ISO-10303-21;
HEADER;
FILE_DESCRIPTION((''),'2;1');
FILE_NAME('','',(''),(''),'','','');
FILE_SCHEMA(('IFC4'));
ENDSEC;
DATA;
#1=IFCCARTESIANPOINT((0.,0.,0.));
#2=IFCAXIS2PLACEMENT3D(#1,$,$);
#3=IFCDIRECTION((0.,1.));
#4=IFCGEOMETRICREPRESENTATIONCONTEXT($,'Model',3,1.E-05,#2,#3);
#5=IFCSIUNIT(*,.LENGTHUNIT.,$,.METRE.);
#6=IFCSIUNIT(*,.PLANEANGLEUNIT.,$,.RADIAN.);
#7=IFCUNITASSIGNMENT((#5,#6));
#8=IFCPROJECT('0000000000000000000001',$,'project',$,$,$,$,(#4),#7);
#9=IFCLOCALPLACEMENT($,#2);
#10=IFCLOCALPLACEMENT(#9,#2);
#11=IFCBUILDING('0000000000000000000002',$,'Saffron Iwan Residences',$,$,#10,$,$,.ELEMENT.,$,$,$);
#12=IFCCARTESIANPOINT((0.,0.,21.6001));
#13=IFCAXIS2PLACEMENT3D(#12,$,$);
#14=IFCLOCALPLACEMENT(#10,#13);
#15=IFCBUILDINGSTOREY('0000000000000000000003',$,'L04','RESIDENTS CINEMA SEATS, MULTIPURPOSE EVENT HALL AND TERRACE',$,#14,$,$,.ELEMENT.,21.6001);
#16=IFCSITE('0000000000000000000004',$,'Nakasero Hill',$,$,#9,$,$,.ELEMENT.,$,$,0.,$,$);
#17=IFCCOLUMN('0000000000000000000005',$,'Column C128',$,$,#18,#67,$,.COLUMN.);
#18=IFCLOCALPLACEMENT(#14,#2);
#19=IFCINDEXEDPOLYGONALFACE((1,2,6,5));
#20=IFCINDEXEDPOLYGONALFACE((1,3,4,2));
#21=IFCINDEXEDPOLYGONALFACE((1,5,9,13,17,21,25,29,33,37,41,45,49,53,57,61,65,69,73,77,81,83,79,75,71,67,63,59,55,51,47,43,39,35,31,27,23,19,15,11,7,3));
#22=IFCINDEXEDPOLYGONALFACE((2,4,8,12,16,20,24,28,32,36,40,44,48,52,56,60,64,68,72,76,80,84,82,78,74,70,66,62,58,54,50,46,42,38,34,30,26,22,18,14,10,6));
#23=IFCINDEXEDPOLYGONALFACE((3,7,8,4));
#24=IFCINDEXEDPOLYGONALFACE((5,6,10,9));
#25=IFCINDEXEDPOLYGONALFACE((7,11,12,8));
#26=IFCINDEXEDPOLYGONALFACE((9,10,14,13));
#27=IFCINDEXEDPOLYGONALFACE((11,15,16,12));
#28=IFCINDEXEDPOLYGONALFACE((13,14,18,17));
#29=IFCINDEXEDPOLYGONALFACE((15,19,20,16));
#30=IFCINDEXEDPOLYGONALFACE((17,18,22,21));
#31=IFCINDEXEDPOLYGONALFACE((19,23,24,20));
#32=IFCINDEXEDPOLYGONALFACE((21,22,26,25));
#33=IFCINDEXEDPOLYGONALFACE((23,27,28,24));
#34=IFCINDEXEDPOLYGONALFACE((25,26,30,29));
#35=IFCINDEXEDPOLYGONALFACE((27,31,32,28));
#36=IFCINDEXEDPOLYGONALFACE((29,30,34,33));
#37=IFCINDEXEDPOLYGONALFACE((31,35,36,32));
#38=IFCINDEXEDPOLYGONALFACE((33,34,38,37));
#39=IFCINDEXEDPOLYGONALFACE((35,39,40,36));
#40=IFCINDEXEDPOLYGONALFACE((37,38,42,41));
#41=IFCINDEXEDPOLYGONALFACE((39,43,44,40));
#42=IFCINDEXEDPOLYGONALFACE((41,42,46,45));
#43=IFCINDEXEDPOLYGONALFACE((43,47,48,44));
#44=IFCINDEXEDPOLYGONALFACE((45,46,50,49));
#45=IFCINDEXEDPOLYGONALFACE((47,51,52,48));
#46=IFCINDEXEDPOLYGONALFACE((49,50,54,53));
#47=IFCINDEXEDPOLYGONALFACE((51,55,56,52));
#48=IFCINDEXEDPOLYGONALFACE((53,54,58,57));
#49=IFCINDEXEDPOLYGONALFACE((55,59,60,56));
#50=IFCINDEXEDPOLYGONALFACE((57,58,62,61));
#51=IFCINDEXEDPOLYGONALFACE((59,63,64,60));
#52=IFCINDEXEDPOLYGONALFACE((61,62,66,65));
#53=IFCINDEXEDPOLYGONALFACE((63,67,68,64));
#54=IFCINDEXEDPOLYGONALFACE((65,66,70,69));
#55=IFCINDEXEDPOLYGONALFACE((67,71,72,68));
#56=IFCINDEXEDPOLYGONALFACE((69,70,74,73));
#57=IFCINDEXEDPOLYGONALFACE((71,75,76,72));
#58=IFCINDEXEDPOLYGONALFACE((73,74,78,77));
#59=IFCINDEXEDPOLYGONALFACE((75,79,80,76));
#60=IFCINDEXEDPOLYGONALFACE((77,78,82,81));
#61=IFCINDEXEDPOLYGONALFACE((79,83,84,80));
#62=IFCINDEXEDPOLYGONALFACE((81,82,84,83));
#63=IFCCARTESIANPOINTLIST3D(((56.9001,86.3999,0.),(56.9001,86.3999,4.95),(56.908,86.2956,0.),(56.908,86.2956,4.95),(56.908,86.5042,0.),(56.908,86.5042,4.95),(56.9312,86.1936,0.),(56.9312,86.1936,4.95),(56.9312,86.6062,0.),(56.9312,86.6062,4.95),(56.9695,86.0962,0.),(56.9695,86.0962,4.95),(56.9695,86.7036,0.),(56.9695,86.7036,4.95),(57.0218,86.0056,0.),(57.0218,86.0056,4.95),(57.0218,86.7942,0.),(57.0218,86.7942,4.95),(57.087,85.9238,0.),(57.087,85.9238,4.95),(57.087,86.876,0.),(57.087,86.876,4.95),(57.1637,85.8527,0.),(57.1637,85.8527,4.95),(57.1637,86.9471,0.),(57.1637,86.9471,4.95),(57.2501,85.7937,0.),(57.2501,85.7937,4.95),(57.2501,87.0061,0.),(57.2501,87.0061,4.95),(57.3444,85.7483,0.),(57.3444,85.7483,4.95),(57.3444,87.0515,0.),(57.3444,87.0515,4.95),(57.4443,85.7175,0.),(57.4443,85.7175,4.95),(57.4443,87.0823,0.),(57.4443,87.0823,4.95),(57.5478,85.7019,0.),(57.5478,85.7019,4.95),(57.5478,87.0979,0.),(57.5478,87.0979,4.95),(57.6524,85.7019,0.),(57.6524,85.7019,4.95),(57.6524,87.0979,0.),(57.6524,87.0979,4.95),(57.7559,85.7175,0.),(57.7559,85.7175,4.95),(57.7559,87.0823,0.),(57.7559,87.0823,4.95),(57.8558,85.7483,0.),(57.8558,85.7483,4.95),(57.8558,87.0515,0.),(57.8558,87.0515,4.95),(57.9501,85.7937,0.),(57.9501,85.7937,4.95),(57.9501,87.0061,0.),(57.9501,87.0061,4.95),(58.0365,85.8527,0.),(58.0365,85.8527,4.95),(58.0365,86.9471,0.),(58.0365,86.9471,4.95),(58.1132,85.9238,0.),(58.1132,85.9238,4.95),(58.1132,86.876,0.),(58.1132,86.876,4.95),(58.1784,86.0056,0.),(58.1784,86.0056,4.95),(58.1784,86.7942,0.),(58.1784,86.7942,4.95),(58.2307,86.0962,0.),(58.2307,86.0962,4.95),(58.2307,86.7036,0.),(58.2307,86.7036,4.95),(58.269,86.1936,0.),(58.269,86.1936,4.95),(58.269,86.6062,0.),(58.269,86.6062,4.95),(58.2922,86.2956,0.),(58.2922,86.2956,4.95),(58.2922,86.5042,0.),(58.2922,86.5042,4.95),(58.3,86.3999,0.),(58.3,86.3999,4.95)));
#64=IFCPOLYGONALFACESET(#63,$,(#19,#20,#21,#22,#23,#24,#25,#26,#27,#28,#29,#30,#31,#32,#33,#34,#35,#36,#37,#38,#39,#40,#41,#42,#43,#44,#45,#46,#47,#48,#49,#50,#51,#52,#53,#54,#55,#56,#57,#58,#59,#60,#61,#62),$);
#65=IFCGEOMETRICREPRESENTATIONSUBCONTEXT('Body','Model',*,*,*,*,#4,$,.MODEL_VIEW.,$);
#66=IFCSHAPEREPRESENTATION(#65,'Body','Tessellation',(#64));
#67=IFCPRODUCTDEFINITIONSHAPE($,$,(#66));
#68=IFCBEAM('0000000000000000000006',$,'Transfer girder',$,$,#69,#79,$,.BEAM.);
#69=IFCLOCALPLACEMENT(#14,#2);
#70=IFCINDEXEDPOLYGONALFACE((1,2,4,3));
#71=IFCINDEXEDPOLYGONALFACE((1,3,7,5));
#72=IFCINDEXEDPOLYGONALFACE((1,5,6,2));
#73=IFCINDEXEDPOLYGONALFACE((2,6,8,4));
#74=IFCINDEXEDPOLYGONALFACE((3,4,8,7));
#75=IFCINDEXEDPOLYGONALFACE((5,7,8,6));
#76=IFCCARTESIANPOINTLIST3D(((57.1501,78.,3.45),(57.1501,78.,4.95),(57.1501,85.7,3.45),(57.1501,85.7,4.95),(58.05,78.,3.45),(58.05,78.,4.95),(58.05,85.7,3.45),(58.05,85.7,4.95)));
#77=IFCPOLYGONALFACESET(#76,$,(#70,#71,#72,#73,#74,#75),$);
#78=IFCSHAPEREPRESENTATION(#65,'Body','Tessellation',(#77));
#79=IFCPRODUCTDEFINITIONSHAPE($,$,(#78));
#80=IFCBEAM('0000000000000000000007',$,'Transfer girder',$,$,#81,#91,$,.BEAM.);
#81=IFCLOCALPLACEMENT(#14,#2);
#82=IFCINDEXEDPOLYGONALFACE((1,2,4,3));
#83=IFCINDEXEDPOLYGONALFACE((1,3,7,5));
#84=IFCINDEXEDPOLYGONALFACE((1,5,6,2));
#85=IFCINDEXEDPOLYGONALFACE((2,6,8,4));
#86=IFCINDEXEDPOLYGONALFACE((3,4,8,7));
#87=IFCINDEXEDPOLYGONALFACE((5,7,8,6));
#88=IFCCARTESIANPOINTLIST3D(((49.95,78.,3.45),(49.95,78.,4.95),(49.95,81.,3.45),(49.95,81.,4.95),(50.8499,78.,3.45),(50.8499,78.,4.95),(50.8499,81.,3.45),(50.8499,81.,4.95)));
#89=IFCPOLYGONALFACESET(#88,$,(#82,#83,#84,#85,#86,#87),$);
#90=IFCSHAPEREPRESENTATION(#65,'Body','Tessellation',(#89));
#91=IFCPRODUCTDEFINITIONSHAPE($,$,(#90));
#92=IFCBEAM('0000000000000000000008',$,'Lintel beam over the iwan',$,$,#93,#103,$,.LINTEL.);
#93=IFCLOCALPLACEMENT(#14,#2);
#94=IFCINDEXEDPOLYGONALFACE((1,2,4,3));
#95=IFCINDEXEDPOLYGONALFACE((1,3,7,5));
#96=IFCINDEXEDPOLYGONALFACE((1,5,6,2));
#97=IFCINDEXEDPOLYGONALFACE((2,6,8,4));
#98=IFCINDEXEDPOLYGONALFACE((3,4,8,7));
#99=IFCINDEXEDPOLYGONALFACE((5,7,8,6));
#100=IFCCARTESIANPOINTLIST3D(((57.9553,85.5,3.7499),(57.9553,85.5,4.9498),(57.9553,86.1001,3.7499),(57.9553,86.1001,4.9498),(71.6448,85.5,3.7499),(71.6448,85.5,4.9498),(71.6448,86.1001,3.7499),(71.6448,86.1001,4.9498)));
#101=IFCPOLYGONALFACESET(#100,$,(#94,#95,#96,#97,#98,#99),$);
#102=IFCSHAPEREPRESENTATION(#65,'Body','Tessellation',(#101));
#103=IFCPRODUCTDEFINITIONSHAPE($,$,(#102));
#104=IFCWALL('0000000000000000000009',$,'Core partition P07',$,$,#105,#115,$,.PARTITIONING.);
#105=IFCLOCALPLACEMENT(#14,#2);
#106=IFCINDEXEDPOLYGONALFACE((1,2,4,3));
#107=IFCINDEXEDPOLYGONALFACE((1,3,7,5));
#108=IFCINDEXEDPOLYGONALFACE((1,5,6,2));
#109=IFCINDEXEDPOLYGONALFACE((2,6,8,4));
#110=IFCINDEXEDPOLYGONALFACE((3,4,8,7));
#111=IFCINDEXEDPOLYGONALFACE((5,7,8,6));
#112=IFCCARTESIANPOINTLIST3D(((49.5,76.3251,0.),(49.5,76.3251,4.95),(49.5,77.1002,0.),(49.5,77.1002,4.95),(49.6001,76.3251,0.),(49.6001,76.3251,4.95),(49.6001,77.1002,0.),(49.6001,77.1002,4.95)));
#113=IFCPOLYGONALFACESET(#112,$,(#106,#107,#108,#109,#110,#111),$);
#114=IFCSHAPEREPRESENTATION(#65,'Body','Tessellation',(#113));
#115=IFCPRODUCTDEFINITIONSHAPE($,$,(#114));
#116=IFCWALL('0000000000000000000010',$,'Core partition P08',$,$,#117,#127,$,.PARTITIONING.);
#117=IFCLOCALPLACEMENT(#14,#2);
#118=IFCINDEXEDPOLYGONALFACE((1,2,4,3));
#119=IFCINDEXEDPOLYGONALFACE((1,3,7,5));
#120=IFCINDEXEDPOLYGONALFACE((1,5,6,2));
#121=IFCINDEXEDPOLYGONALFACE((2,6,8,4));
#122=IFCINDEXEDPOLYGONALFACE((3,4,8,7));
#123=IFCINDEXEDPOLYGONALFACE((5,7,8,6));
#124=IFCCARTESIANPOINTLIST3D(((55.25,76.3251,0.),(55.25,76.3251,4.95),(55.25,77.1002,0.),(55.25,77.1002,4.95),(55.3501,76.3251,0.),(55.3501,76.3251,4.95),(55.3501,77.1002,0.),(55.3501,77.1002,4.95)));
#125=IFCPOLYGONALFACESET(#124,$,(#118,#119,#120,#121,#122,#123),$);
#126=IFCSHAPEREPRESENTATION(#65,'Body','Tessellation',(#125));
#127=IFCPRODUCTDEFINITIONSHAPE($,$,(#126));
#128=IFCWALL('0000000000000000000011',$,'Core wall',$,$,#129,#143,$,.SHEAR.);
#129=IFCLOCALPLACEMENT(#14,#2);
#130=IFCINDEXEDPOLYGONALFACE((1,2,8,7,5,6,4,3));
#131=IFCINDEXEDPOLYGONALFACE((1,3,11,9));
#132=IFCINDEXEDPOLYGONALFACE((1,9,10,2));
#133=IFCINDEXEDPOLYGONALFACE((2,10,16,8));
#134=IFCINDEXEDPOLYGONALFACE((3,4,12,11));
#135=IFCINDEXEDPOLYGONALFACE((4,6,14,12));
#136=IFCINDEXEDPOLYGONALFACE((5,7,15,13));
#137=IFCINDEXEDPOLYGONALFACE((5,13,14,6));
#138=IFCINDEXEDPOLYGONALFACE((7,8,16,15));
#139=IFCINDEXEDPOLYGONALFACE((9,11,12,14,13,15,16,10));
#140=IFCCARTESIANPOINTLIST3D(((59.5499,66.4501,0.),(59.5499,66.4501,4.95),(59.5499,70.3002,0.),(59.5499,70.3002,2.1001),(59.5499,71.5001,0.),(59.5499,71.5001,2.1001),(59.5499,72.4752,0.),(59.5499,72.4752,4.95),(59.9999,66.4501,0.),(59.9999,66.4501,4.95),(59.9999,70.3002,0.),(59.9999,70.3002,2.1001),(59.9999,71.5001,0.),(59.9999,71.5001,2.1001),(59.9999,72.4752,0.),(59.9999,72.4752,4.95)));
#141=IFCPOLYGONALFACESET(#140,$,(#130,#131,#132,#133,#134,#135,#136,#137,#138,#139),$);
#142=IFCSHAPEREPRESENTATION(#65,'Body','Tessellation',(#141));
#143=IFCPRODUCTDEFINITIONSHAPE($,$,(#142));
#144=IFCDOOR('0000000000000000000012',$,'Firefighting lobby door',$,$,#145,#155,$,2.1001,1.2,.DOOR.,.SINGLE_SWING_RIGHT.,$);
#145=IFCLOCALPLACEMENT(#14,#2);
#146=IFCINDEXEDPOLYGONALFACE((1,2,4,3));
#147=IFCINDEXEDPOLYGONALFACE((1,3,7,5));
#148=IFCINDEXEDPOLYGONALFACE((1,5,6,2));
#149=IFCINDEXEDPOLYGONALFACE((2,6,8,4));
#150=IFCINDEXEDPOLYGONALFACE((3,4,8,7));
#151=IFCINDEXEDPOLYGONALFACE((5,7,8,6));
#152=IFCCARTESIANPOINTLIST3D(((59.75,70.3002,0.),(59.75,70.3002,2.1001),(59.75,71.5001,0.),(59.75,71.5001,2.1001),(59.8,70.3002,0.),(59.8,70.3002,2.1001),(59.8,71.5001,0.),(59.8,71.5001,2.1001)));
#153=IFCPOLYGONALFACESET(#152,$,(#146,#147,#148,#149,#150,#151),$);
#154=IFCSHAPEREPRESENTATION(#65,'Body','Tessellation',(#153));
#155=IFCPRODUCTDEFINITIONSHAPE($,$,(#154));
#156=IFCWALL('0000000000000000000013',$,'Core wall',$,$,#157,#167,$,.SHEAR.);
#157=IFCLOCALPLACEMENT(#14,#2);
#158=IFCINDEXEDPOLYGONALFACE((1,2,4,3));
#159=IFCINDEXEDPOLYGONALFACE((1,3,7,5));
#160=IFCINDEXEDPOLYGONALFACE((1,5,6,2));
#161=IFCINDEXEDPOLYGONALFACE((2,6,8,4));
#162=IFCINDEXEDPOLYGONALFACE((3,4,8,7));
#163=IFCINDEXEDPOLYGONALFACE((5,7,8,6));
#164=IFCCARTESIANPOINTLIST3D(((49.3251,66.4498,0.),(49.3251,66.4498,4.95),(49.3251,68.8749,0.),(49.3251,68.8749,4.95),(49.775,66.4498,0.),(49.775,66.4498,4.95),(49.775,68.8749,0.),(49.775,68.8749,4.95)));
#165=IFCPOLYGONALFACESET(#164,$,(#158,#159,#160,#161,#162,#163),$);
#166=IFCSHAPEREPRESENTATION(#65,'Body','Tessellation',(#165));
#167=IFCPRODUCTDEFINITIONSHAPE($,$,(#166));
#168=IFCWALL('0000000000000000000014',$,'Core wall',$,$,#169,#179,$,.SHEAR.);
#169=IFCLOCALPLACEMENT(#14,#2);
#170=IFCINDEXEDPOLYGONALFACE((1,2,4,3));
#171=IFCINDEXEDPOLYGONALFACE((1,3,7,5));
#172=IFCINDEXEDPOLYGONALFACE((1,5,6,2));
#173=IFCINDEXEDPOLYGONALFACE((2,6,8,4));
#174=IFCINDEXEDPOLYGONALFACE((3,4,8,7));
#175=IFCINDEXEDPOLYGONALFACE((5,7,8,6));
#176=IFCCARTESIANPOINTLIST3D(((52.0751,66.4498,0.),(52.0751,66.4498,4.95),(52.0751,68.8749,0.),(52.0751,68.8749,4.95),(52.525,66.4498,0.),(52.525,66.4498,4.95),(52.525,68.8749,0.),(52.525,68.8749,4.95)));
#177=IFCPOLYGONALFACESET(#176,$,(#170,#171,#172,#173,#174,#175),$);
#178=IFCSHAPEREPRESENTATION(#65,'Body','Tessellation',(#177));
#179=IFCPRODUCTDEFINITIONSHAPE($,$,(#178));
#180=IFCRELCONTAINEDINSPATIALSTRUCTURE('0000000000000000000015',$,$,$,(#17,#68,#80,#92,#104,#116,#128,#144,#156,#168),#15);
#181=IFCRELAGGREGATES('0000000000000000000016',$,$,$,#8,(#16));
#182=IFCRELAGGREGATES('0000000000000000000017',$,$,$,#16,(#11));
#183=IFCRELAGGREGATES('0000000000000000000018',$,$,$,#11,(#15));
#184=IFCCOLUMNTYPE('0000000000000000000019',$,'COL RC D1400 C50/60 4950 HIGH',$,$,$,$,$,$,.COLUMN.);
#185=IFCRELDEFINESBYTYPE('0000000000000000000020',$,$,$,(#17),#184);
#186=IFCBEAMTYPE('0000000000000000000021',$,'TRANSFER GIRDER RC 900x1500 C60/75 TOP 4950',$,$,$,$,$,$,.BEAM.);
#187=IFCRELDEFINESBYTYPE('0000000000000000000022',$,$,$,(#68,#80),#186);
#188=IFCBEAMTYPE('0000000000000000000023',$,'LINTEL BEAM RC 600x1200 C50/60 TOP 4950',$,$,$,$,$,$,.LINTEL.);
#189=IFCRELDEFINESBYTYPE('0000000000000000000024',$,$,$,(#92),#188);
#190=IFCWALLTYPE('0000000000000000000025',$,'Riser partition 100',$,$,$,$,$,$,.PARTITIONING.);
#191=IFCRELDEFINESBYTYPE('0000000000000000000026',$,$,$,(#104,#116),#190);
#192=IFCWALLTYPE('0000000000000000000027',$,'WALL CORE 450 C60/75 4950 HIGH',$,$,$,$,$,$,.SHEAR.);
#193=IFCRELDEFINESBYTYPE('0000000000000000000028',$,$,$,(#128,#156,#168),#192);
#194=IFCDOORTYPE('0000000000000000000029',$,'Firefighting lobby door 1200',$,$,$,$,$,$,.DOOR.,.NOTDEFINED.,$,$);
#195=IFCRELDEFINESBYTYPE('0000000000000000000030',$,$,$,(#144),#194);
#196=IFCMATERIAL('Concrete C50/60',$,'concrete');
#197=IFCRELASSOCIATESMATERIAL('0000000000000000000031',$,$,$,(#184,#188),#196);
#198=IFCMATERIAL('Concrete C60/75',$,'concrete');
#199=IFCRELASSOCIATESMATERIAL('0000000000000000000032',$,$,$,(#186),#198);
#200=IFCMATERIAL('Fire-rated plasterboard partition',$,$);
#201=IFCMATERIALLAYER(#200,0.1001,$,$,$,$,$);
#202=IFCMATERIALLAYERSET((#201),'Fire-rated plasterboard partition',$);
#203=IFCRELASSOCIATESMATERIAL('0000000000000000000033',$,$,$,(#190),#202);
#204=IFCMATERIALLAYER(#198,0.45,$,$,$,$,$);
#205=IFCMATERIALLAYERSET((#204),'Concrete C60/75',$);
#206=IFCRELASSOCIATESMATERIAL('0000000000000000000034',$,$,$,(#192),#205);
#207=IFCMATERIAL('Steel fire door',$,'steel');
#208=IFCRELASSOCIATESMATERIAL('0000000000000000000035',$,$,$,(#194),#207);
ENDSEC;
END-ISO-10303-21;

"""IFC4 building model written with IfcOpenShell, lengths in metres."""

from ifc_helpers import new_model, si_unit, direction, frame, frame_2d, origin, origin_2d, place, context, subcontext, project, spatial, rectangle, circle, extrude, source, transform, mapped, material, layer, layer_set, material_profile, profile_set, type_object, element, fill, save


model = new_model("IFC4")

# Units and contexts
model_context = context("Model", 3, precision=1e-05, world=origin(), true_north=direction((0.0, 1.0)))
body_context = subcontext(model_context, "Body", "Model", "MODEL_VIEW")
ifc_project = project(units=[si_unit("LENGTHUNIT", "METRE"), si_unit("PLANEANGLEUNIT", "RADIAN")], contexts=[model_context])

# Site, building, storey
site_placement = place(None, origin())
site = spatial("IfcSite", under=ifc_project, at=site_placement, Name="Nakasero Hill", CompositionType="ELEMENT", RefElevation=0.0)
building_placement = place(site_placement, origin())
building = spatial("IfcBuilding", under=site, at=building_placement, Name="Saffron Iwan Residences", CompositionType="ELEMENT")
storey_placement = place(building_placement, frame((0.0, 0.0, 21.6001)))
storey = spatial("IfcBuildingStorey", under=building, at=storey_placement, Name="L04", Description="RESIDENTS CINEMA SEATS, MULTIPURPOSE EVENT HALL AND TERRACE", CompositionType="ELEMENT", Elevation=21.6001)

# Column
ifc_material_1 = material(Name="Concrete C50/60", Category="concrete")
ifc_material_profile_1 = material_profile(ifc_material_1, circle(Radius=0.7, at=origin_2d()), Name="RC D1400")
ifc_profile_set_1 = profile_set([ifc_material_profile_1], Name="Concrete C50/60")
column_type = type_object("IfcColumnType", Name="COL RC D1400 C50/60 4950 HIGH", PredefinedType="COLUMN", material=ifc_profile_set_1)
shared_shape_1 = source(origin(), body_context, "Body", "SweptSolid", [
    extrude(circle(Radius=0.7, at=origin_2d()), origin(), (0.0, 0.0, 1.0), 4.95),
])
column_placement = place(storey_placement, frame((57.6001, 86.3999, 0.0), z_axis=(0.0, 0.0, 1.0), x_axis=(1.0, 0.0, 0.0)))
element("IfcColumn", 1, at=column_placement, inside=storey, type_object=column_type, Name="Column C128", PredefinedType="COLUMN", context=body_context, shape_type="MappedRepresentation", body=[
    mapped(shared_shape_1, transform((0.0, 0.0, 0.0))),
])

# Beams
ifc_material_2 = material(Name="Concrete C60/75", Category="concrete")
ifc_material_profile_2 = material_profile(ifc_material_2, rectangle(XDim=0.8999, YDim=1.5, at=origin_2d()), Name="RC 900x1500")
ifc_profile_set_2 = profile_set([ifc_material_profile_2], Name="Concrete C60/75")
beam_type_1 = type_object("IfcBeamType", Name="TRANSFER GIRDER RC 900x1500 C60/75 TOP 4950", PredefinedType="BEAM", material=ifc_profile_set_2)
shared_shape_2 = source(origin(), body_context, "Body", "SweptSolid", [
    extrude(rectangle(XDim=0.8999, YDim=1.5, at=origin_2d()), origin(), (0.0, 0.0, 1.0), 7.7),
])
beam_1_placement = place(storey_placement, frame((57.6001, 78.0, 4.2), z_axis=(0.0, 1.0, 0.0), x_axis=(-1.0, 0.0, 0.0)))
element("IfcBeam", 2, at=beam_1_placement, inside=storey, type_object=beam_type_1, Name="Transfer girder", PredefinedType="BEAM", context=body_context, shape_type="MappedRepresentation", body=[
    mapped(shared_shape_2, transform((0.0, 0.0, 0.0))),
])
shared_shape_3 = source(origin(), body_context, "Body", "SweptSolid", [
    extrude(rectangle(XDim=0.8999, YDim=1.5, at=origin_2d()), origin(), (0.0, 0.0, 1.0), 3.0),
])
beam_2_placement = place(storey_placement, frame((50.3999, 78.0, 4.2), z_axis=(0.0, 1.0, 0.0), x_axis=(-1.0, 0.0, 0.0)))
element("IfcBeam", 3, at=beam_2_placement, inside=storey, type_object=beam_type_1, Name="Transfer girder", PredefinedType="BEAM", context=body_context, shape_type="MappedRepresentation", body=[
    mapped(shared_shape_3, transform((0.0, 0.0, 0.0))),
])
ifc_material_profile_3 = material_profile(ifc_material_1, rectangle(XDim=0.6001, YDim=1.2, at=origin_2d()), Name="RC 600x1200")
ifc_profile_set_3 = profile_set([ifc_material_profile_3], Name="Concrete C50/60")
beam_type_2 = type_object("IfcBeamType", Name="LINTEL BEAM RC 600x1200 C50/60 TOP 4950", PredefinedType="LINTEL", material=ifc_profile_set_3)
shared_shape_4 = source(origin(), body_context, "Body", "SweptSolid", [
    extrude(rectangle(XDim=0.6001, YDim=1.2, at=origin_2d()), origin(), (0.0, 0.0, 1.0), 13.6895),
])
beam_3_placement = place(storey_placement, frame((57.9553, 85.8, 4.3499), z_axis=(1.0, 0.0, 0.0), x_axis=(0.0, 1.0, 0.0)))
element("IfcBeam", 4, at=beam_3_placement, inside=storey, type_object=beam_type_2, Name="Lintel beam over the iwan", PredefinedType="LINTEL", context=body_context, shape_type="MappedRepresentation", body=[
    mapped(shared_shape_4, transform((0.0, 0.0, 0.0))),
])

# Walls
ifc_material_3 = material(Name="Fire-rated plasterboard partition")
ifc_layer_1 = layer(ifc_material_3, 0.1001)
ifc_layer_set_1 = layer_set([ifc_layer_1], Name="Fire-rated plasterboard partition")
wall_type_1 = type_object("IfcWallType", Name="Riser partition 100", PredefinedType="PARTITIONING", material=ifc_layer_set_1)
for number, where, z_axis, x_axis, name in (
    (5, (49.55, 76.325, 0.0), (0.0, 0.0, 1.0), (0.0, 1.0, 0.0), "Core partition P07"),
    (6, (55.3, 76.325, 0.0), (0.0, 0.0, 1.0), (0.0, 1.0, 0.0), "Core partition P08"),
):
    element("IfcWall", number, at=place(storey_placement, frame(where, z_axis=z_axis, x_axis=x_axis)), inside=storey, type_object=wall_type_1, Name=name, PredefinedType="PARTITIONING", context=body_context, shape_type="SweptSolid", body=[
        extrude(rectangle(XDim=0.7751, YDim=0.1001, at=frame_2d((0.3877, 0.0))), origin(), (0.0, 0.0, 1.0), 4.95),
    ])

# Wall, opening, door
ifc_layer_2 = layer(ifc_material_2, 0.45)
ifc_layer_set_2 = layer_set([ifc_layer_2], Name="Concrete C60/75")
wall_type_2 = type_object("IfcWallType", Name="WALL CORE 450 C60/75 4950 HIGH", PredefinedType="SHEAR", material=ifc_layer_set_2)
wall_placement = place(storey_placement, frame((59.7749, 66.45, 0.0), z_axis=(0.0, 0.0, 1.0), x_axis=(0.0, 1.0, 0.0)))
wall = element("IfcWall", 7, at=wall_placement, inside=storey, type_object=wall_type_2, Name="Core wall", PredefinedType="SHEAR", context=body_context, shape_type="SweptSolid", body=[
    extrude(rectangle(XDim=6.0251, YDim=0.45, at=frame_2d((3.0127, 0.0))), origin(), (0.0, 0.0, 1.0), 4.95),
])
opening_placement = place(wall_placement, frame((3.8501, 0.0, 0.0)))
opening = element("IfcOpeningElement", 8, at=opening_placement, cuts=wall, PredefinedType="OPENING", context=body_context, shape_type="SweptSolid", body=[
    extrude(rectangle(XDim=1.2, YDim=2.1001, at=frame_2d((0.6001, 1.05))), frame((0.0, 0.2349, 0.0), z_axis=(0.0, -1.0, 0.0), x_axis=(1.0, 0.0, 0.0)), (0.0, 0.0, 1.0), 0.47),
])
ifc_material_4 = material(Name="Steel fire door", Category="steel")
door_type = type_object("IfcDoorType", Name="Firefighting lobby door 1200", OperationType="NOTDEFINED", PredefinedType="DOOR", material=ifc_material_4)
door_placement = place(opening_placement, origin())
door = element("IfcDoor", 9, at=door_placement, inside=storey, type_object=door_type, Name="Firefighting lobby door", OperationType="SINGLE_SWING_RIGHT", OverallHeight=2.1001, OverallWidth=1.2, PredefinedType="DOOR", context=body_context, shape_type="SweptSolid", body=[
    extrude(rectangle(XDim=1.2, YDim=2.1001, at=frame_2d((0.6001, 1.05))), frame((0.0, 0.0249, 0.0), z_axis=(0.0, -1.0, 0.0), x_axis=(1.0, 0.0, 0.0)), (0.0, 0.0, 1.0), 0.05),
])
fill(opening, door)

# Walls
for number, where, z_axis, x_axis, name in (
    (10, (49.55, 66.45, 0.0), (0.0, 0.0, 1.0), (0.0, 1.0, 0.0), "Core wall"),
    (11, (52.3, 66.45, 0.0), (0.0, 0.0, 1.0), (0.0, 1.0, 0.0), "Core wall"),
):
    element("IfcWall", number, at=place(storey_placement, frame(where, z_axis=z_axis, x_axis=x_axis)), inside=storey, type_object=wall_type_2, Name=name, PredefinedType="SHEAR", context=body_context, shape_type="SweptSolid", body=[
        extrude(rectangle(XDim=2.425, YDim=0.45, at=frame_2d((1.2124, 0.0))), origin(), (0.0, 0.0, 1.0), 4.95),
    ])

save(model, "model.ifc")
